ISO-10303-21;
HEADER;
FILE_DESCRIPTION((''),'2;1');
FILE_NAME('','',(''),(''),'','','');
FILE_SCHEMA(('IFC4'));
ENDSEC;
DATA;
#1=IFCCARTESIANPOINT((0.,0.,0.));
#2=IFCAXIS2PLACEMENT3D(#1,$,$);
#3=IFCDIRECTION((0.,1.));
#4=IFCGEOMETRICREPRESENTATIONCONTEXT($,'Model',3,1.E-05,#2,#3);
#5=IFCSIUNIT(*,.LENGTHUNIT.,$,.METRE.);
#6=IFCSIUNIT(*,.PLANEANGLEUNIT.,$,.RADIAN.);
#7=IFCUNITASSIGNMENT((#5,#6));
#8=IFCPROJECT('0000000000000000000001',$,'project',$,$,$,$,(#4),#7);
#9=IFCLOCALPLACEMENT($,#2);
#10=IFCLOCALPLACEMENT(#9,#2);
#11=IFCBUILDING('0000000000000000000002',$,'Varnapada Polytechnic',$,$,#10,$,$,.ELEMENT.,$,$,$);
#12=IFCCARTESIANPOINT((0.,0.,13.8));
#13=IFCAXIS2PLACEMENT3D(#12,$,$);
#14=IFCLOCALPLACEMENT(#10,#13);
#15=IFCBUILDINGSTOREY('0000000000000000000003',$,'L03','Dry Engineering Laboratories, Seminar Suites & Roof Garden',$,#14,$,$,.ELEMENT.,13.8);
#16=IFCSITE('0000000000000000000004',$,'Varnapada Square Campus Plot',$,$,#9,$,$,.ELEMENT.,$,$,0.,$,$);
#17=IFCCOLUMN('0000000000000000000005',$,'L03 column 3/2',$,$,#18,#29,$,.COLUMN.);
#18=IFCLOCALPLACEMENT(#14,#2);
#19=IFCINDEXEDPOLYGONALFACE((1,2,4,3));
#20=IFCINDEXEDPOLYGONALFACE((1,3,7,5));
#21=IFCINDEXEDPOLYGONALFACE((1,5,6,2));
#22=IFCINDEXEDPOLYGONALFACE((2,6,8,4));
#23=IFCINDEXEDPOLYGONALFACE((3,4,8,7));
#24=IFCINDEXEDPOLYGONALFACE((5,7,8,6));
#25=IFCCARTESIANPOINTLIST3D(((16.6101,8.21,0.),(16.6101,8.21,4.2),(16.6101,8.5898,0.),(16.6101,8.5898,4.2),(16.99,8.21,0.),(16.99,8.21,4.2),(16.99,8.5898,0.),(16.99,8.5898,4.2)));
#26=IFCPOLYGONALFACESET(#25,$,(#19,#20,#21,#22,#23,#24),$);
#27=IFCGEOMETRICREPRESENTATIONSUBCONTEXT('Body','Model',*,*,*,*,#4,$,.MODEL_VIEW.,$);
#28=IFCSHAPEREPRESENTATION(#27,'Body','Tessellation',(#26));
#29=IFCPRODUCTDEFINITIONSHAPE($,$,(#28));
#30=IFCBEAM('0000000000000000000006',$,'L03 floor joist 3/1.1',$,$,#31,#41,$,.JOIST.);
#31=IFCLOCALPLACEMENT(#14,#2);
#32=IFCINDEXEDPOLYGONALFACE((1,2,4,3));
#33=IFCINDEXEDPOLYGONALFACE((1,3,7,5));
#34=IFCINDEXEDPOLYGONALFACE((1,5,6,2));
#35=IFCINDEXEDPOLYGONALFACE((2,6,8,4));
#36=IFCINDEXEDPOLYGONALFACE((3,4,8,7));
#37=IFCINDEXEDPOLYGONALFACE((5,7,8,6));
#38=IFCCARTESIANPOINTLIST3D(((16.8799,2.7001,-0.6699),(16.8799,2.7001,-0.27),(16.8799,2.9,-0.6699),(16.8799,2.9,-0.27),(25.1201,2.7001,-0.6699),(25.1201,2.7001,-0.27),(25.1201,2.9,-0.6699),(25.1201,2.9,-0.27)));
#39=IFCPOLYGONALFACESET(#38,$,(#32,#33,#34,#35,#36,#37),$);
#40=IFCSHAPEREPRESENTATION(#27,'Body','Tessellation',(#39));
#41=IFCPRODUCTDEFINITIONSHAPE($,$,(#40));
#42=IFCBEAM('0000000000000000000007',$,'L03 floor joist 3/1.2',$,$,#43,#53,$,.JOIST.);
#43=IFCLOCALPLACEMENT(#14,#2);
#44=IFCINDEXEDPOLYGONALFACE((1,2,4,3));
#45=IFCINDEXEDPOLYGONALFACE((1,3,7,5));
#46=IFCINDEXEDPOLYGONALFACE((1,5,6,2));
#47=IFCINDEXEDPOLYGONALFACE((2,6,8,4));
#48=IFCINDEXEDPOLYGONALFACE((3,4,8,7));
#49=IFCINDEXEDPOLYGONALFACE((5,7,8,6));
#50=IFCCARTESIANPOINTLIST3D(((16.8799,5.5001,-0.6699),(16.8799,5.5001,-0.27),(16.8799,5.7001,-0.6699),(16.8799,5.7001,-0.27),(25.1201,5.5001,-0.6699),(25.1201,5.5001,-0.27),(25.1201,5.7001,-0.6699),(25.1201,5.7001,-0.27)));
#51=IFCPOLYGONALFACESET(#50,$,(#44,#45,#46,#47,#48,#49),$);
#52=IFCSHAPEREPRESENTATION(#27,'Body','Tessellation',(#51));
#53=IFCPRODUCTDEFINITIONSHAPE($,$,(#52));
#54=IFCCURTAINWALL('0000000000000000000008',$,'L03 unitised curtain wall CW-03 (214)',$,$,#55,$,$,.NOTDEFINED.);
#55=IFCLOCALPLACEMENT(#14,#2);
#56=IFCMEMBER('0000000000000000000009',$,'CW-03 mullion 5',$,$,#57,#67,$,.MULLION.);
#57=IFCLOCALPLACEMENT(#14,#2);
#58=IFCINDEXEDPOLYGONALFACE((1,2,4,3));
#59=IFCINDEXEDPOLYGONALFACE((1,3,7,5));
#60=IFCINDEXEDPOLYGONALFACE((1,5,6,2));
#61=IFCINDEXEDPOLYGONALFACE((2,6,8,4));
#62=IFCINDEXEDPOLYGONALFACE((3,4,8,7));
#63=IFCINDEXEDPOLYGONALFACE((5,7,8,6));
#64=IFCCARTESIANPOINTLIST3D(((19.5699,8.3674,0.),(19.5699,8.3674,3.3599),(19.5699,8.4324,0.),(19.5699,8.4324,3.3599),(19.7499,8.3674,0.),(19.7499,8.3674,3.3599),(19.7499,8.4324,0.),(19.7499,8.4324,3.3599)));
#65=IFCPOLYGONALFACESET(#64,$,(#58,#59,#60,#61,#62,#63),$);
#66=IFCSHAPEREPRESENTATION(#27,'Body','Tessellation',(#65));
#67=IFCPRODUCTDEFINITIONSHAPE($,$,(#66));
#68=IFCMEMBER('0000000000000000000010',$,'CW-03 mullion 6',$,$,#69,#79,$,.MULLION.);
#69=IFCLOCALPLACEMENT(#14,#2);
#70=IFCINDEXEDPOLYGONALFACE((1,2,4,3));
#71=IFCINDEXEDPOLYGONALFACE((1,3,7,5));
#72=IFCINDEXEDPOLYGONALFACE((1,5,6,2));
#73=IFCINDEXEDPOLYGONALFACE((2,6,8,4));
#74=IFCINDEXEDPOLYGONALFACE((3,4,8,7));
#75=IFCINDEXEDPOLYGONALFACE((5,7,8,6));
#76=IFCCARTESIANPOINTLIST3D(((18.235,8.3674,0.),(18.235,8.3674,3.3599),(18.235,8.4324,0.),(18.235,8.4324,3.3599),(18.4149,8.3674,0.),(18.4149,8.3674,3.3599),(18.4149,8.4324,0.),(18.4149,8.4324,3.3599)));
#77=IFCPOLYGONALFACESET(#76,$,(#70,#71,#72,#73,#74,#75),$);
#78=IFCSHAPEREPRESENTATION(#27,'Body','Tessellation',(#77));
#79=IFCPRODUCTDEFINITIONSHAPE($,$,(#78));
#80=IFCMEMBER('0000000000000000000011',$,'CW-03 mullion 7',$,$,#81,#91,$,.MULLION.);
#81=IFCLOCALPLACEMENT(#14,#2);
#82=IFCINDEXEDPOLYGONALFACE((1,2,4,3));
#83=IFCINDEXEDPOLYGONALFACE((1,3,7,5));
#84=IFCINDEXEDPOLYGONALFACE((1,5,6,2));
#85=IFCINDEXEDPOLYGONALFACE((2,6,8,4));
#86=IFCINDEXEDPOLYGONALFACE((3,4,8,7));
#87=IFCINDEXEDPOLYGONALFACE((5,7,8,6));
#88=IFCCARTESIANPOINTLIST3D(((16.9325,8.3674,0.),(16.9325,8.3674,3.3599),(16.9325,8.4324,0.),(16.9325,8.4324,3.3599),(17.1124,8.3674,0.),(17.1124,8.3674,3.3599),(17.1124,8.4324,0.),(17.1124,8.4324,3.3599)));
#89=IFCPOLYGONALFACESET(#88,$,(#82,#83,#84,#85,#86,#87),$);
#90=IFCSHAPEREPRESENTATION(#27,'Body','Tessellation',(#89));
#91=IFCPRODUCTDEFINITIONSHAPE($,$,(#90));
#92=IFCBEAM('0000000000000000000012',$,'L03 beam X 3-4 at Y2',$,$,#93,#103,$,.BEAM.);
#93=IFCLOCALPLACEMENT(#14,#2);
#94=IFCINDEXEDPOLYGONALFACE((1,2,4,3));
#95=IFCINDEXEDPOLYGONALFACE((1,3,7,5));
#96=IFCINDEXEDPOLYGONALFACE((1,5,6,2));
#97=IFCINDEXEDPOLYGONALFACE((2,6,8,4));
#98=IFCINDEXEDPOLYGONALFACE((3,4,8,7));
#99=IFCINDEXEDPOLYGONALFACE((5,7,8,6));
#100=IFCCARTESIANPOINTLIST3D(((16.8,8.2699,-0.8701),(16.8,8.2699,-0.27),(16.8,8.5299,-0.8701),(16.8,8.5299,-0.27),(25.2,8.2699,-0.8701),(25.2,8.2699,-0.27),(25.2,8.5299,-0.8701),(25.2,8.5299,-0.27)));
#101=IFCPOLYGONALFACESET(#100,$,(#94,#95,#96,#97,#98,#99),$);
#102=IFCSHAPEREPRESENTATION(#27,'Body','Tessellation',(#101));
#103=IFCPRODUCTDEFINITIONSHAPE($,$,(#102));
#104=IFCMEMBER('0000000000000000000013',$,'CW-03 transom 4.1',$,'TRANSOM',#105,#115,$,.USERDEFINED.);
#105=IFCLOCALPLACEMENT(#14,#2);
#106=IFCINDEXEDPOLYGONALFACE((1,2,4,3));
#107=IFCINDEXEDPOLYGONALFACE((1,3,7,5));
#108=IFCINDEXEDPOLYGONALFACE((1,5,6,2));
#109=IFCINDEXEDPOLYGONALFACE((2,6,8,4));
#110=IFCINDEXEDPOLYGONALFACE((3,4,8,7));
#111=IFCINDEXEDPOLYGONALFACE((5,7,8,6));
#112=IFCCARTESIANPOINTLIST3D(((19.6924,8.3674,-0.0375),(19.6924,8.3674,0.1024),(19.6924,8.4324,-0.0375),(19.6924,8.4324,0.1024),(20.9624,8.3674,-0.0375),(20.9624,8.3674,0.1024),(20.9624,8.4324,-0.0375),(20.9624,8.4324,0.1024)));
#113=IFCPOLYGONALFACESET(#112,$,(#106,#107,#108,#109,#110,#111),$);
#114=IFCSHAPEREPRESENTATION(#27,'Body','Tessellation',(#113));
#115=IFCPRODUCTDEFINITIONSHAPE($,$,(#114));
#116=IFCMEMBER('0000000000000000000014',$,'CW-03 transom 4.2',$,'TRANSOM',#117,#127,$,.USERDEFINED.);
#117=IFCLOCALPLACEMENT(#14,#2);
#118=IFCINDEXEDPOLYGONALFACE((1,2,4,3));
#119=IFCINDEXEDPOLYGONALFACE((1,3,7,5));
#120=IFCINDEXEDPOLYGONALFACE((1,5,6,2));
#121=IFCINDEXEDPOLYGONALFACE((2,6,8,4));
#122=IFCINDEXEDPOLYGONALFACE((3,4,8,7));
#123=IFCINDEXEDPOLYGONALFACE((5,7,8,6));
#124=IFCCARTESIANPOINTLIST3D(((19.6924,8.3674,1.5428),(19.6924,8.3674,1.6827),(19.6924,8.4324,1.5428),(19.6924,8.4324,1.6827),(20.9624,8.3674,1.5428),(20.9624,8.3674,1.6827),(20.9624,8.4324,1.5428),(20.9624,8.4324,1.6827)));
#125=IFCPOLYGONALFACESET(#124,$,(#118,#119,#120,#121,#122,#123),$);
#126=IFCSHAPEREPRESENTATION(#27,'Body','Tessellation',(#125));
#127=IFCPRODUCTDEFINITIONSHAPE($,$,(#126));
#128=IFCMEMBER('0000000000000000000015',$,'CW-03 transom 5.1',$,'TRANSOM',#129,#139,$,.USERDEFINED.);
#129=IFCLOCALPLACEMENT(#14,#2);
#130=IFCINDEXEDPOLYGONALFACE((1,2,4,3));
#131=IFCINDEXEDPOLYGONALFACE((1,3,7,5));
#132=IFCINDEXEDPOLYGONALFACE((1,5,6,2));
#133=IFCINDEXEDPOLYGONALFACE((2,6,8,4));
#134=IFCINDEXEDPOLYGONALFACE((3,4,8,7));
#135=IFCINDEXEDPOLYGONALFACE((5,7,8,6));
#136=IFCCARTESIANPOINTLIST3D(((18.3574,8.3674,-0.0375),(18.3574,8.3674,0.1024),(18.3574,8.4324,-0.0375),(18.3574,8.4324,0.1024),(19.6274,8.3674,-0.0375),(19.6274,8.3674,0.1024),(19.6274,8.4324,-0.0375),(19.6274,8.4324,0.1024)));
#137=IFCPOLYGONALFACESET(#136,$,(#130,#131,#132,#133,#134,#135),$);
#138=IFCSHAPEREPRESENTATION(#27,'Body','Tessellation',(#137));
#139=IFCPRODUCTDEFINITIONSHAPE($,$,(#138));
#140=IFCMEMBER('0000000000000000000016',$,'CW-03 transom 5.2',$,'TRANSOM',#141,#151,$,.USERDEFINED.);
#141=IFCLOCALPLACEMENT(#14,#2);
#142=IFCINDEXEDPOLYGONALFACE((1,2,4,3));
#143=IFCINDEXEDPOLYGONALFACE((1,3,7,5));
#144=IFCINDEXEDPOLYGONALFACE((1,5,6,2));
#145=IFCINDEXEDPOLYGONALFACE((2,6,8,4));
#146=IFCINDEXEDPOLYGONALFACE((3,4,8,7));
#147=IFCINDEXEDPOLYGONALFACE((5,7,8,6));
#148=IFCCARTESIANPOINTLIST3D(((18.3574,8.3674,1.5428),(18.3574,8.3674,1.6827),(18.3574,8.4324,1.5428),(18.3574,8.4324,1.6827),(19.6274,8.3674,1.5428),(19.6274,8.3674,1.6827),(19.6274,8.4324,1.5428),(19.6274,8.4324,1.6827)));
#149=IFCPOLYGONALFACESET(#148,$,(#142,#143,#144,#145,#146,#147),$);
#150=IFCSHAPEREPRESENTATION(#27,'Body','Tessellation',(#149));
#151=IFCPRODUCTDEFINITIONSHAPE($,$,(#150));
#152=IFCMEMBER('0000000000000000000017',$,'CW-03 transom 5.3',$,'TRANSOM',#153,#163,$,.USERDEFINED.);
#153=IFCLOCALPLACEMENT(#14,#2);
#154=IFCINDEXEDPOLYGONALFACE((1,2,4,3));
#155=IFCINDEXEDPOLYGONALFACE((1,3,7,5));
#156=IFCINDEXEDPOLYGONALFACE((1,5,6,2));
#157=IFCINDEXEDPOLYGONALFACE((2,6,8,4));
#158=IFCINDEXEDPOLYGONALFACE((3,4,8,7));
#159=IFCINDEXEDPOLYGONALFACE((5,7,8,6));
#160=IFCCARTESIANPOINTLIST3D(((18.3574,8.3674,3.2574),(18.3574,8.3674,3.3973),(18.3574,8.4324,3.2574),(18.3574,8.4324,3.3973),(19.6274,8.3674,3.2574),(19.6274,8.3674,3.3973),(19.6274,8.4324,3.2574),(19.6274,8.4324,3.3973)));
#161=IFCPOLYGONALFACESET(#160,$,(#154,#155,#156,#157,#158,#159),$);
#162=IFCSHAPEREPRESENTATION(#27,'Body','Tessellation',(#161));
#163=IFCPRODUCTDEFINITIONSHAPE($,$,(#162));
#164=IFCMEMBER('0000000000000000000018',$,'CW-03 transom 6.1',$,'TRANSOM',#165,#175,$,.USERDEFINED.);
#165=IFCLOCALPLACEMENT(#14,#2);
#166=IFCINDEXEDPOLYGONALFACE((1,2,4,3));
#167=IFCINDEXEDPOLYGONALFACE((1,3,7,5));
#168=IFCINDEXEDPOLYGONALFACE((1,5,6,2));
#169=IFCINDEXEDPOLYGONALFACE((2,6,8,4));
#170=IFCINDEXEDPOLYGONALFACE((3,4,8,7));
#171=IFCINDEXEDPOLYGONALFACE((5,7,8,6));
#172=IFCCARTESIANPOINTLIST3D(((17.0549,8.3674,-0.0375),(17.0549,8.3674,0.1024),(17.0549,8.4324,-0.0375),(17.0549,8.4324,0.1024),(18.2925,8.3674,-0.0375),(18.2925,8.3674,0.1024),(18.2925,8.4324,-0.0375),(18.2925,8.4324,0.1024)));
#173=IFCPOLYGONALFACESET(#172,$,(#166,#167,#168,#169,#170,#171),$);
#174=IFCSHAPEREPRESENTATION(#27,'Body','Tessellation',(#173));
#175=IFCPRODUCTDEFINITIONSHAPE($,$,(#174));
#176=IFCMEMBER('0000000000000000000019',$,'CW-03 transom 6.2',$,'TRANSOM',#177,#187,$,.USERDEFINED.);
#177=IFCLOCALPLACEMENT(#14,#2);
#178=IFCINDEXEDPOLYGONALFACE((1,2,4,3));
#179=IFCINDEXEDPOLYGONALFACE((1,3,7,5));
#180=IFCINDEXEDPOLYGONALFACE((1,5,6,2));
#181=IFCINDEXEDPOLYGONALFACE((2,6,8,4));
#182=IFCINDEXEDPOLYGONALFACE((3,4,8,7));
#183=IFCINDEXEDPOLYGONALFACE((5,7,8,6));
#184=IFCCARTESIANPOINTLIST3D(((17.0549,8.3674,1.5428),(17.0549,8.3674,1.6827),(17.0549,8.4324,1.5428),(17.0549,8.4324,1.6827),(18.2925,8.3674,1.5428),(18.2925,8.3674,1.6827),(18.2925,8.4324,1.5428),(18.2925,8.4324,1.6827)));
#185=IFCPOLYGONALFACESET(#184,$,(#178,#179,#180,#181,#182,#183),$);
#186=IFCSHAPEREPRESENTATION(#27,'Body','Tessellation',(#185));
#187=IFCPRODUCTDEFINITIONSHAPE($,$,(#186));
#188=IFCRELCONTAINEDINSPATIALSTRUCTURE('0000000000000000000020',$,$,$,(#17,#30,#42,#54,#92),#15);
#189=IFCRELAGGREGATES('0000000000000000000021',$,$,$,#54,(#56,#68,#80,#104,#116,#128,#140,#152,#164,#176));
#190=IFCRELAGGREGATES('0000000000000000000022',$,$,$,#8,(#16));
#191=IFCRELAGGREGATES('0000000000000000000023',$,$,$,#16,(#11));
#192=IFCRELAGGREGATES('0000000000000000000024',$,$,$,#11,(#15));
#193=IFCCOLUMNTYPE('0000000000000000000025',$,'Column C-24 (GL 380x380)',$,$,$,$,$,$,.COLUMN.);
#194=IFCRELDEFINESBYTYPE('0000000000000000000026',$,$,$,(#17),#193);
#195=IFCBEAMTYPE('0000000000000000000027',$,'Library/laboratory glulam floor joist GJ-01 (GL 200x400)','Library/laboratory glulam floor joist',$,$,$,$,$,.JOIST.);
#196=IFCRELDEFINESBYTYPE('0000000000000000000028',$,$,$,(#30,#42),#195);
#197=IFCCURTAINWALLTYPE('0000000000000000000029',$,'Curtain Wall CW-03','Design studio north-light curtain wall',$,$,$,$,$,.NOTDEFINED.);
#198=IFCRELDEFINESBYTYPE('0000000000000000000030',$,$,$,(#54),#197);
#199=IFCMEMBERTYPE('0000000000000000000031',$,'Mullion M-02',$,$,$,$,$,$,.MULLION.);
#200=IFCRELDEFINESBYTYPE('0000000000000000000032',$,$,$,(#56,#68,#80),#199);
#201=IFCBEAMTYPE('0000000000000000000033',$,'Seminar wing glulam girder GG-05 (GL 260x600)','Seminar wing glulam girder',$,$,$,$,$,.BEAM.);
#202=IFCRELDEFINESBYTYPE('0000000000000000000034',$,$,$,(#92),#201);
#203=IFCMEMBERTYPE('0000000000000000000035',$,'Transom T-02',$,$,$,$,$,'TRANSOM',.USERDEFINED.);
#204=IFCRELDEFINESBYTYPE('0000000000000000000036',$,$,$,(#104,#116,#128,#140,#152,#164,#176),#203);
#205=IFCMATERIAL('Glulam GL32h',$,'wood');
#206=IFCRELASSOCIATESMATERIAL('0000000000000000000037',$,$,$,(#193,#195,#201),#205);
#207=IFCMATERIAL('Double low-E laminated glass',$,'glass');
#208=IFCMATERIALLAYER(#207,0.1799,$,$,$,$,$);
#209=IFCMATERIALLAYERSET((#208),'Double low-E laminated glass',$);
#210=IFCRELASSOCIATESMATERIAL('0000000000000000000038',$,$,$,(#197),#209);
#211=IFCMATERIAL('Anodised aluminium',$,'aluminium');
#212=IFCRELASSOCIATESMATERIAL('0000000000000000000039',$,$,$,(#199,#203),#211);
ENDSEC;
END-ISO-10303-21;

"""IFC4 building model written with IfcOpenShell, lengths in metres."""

from ifc_helpers import new_model, si_unit, direction, frame, origin, origin_2d, place, context, subcontext, project, spatial, rectangle, extrude, material, layer, layer_set, material_profile, profile_set, type_object, element, aggregate, save


model = new_model("IFC4")

# Units and contexts
model_context = context("Model", 3, precision=1e-05, world=origin(), true_north=direction((0.0, 1.0)))
body_context = subcontext(model_context, "Body", "Model", "MODEL_VIEW")
ifc_project = project(units=[si_unit("LENGTHUNIT", "METRE"), si_unit("PLANEANGLEUNIT", "RADIAN")], contexts=[model_context])

# Site, building, storey
site_placement = place(None, origin())
site = spatial("IfcSite", under=ifc_project, at=site_placement, Name="Varnapada Square Campus Plot", CompositionType="ELEMENT", RefElevation=0.0)
building_placement = place(site_placement, origin())
building = spatial("IfcBuilding", under=site, at=building_placement, Name="Varnapada Polytechnic", CompositionType="ELEMENT")
storey_placement = place(building_placement, frame((0.0, 0.0, 13.8)))
storey = spatial("IfcBuildingStorey", under=building, at=storey_placement, Name="L03", Description="Dry Engineering Laboratories, Seminar Suites & Roof Garden", CompositionType="ELEMENT", Elevation=13.8)

# Column
ifc_material_1 = material(Name="Glulam GL32h", Category="wood")
ifc_material_profile_1 = material_profile(ifc_material_1, rectangle(XDim=0.3799, YDim=0.3799, at=origin_2d()), Name="GL 380x380")
ifc_profile_set_1 = profile_set([ifc_material_profile_1], Name="Glulam GL32h")
column_type = type_object("IfcColumnType", Name="Column C-24 (GL 380x380)", PredefinedType="COLUMN", material=ifc_profile_set_1)
column_placement = place(storey_placement, frame((16.8, 8.3999, 0.0), z_axis=(0.0, 0.0, 1.0), x_axis=(1.0, 0.0, 0.0)))
element("IfcColumn", 1, at=column_placement, inside=storey, type_object=column_type, Name="L03 column 3/2", PredefinedType="COLUMN", context=body_context, shape_type="SweptSolid", body=[
    extrude(rectangle(XDim=0.3799, YDim=0.3799, at=origin_2d()), origin(), (0.0, 0.0, 1.0), 4.2),
])

# Beams
ifc_material_profile_2 = material_profile(ifc_material_1, rectangle(XDim=0.2, YDim=0.3999, at=origin_2d()), Name="GL 200x400")
ifc_profile_set_2 = profile_set([ifc_material_profile_2], Name="Glulam GL32h")
beam_type_1 = type_object("IfcBeamType", Name="Library/laboratory glulam floor joist GJ-01 (GL 200x400)", Description="Library/laboratory glulam floor joist", PredefinedType="JOIST", material=ifc_profile_set_2)
for number, where, z_axis, x_axis, name in (
    (2, (16.8799, 2.8, -0.47), (1.0, 0.0, 0.0), (0.0, 1.0, 0.0), "L03 floor joist 3/1.1"),
    (3, (16.8799, 5.6001, -0.47), (1.0, 0.0, 0.0), (0.0, 1.0, 0.0), "L03 floor joist 3/1.2"),
):
    element("IfcBeam", number, at=place(storey_placement, frame(where, z_axis=z_axis, x_axis=x_axis)), inside=storey, type_object=beam_type_1, Name=name, PredefinedType="JOIST", context=body_context, shape_type="SweptSolid", body=[
        extrude(rectangle(XDim=0.2, YDim=0.3999, at=origin_2d()), origin(), (0.0, 0.0, 1.0), 8.2402),
    ])

# Curtain wall, members
ifc_material_2 = material(Name="Double low-E laminated glass", Category="glass")
ifc_layer_1 = layer(ifc_material_2, 0.1799)
ifc_layer_set_1 = layer_set([ifc_layer_1], Name="Double low-E laminated glass")
curtain_wall_type = type_object("IfcCurtainWallType", Name="Curtain Wall CW-03", Description="Design studio north-light curtain wall", PredefinedType="NOTDEFINED", material=ifc_layer_set_1)
curtain_wall_placement = place(storey_placement, origin())
curtain_wall = element("IfcCurtainWall", 4, at=curtain_wall_placement, inside=storey, type_object=curtain_wall_type, Name="L03 unitised curtain wall CW-03 (214)", PredefinedType="NOTDEFINED")
ifc_material_3 = material(Name="Anodised aluminium", Category="aluminium")
ifc_material_profile_3 = material_profile(ifc_material_3, rectangle(XDim=0.0649, YDim=0.1799, at=origin_2d()), Name="ALU M65x180")
ifc_profile_set_3 = profile_set([ifc_material_profile_3], Name="Anodised aluminium")
member_type_1 = type_object("IfcMemberType", Name="Mullion M-02", PredefinedType="MULLION", material=ifc_profile_set_3)
member_1_placement = place(storey_placement, frame((19.6599, 8.3999, 0.0), z_axis=(0.0, 0.0, 1.0), x_axis=(0.0, -1.0, 0.0)))
member_1 = element("IfcMember", 5, at=member_1_placement, type_object=member_type_1, Name="CW-03 mullion 5", PredefinedType="MULLION", context=body_context, shape_type="SweptSolid", body=[
    extrude(rectangle(XDim=0.0649, YDim=0.1799, at=origin_2d()), origin(), (0.0, 0.0, 1.0), 3.3599),
])
member_2_placement = place(storey_placement, frame((18.325, 8.3999, 0.0), z_axis=(0.0, 0.0, 1.0), x_axis=(0.0, -1.0, 0.0)))
member_2 = element("IfcMember", 6, at=member_2_placement, type_object=member_type_1, Name="CW-03 mullion 6", PredefinedType="MULLION", context=body_context, shape_type="SweptSolid", body=[
    extrude(rectangle(XDim=0.0649, YDim=0.1799, at=origin_2d()), origin(), (0.0, 0.0, 1.0), 3.3599),
])
member_3_placement = place(storey_placement, frame((17.0225, 8.3999, 0.0), z_axis=(0.0, 0.0, 1.0), x_axis=(0.0, -1.0, 0.0)))
member_3 = element("IfcMember", 7, at=member_3_placement, type_object=member_type_1, Name="CW-03 mullion 7", PredefinedType="MULLION", context=body_context, shape_type="SweptSolid", body=[
    extrude(rectangle(XDim=0.0649, YDim=0.1799, at=origin_2d()), origin(), (0.0, 0.0, 1.0), 3.3599),
])

# Beam
ifc_material_profile_4 = material_profile(ifc_material_1, rectangle(XDim=0.26, YDim=0.6001, at=origin_2d()), Name="GL 260x600")
ifc_profile_set_4 = profile_set([ifc_material_profile_4], Name="Glulam GL32h")
beam_type_2 = type_object("IfcBeamType", Name="Seminar wing glulam girder GG-05 (GL 260x600)", Description="Seminar wing glulam girder", PredefinedType="BEAM", material=ifc_profile_set_4)
beam_1_placement = place(storey_placement, frame((16.8, 8.3999, -0.5701), z_axis=(1.0, 0.0, 0.0), x_axis=(0.0, 1.0, 0.0)))
element("IfcBeam", 8, at=beam_1_placement, inside=storey, type_object=beam_type_2, Name="L03 beam X 3-4 at Y2", PredefinedType="BEAM", context=body_context, shape_type="SweptSolid", body=[
    extrude(rectangle(XDim=0.26, YDim=0.6001, at=origin_2d()), origin(), (0.0, 0.0, 1.0), 8.3999),
])

# Members
ifc_material_profile_5 = material_profile(ifc_material_3, rectangle(XDim=0.0649, YDim=0.1399, at=origin_2d()), Name="ALU T65x140")
ifc_profile_set_5 = profile_set([ifc_material_profile_5], Name="Anodised aluminium")
member_type_2 = type_object("IfcMemberType", Name="Transom T-02", ElementType="TRANSOM", PredefinedType="USERDEFINED", material=ifc_profile_set_5)
member_4_placement = place(storey_placement, frame((20.9624, 8.3999, 0.0325), z_axis=(-1.0, 0.0, 0.0), x_axis=(0.0, -1.0, 0.0)))
member_4 = element("IfcMember", 9, at=member_4_placement, type_object=member_type_2, Name="CW-03 transom 4.1", ObjectType="TRANSOM", PredefinedType="USERDEFINED", context=body_context, shape_type="SweptSolid", body=[
    extrude(rectangle(XDim=0.0649, YDim=0.1399, at=origin_2d()), origin(), (0.0, 0.0, 1.0), 1.27),
])
member_5_placement = place(storey_placement, frame((20.9624, 8.3999, 1.6128), z_axis=(-1.0, 0.0, 0.0), x_axis=(0.0, -1.0, 0.0)))
member_5 = element("IfcMember", 10, at=member_5_placement, type_object=member_type_2, Name="CW-03 transom 4.2", ObjectType="TRANSOM", PredefinedType="USERDEFINED", context=body_context, shape_type="SweptSolid", body=[
    extrude(rectangle(XDim=0.0649, YDim=0.1399, at=origin_2d()), origin(), (0.0, 0.0, 1.0), 1.27),
])
member_6_placement = place(storey_placement, frame((19.6274, 8.3999, 0.0325), z_axis=(-1.0, 0.0, 0.0), x_axis=(0.0, -1.0, 0.0)))
member_6 = element("IfcMember", 11, at=member_6_placement, type_object=member_type_2, Name="CW-03 transom 5.1", ObjectType="TRANSOM", PredefinedType="USERDEFINED", context=body_context, shape_type="SweptSolid", body=[
    extrude(rectangle(XDim=0.0649, YDim=0.1399, at=origin_2d()), origin(), (0.0, 0.0, 1.0), 1.27),
])
member_7_placement = place(storey_placement, frame((19.6274, 8.3999, 1.6128), z_axis=(-1.0, 0.0, 0.0), x_axis=(0.0, -1.0, 0.0)))
member_7 = element("IfcMember", 12, at=member_7_placement, type_object=member_type_2, Name="CW-03 transom 5.2", ObjectType="TRANSOM", PredefinedType="USERDEFINED", context=body_context, shape_type="SweptSolid", body=[
    extrude(rectangle(XDim=0.0649, YDim=0.1399, at=origin_2d()), origin(), (0.0, 0.0, 1.0), 1.27),
])
member_8_placement = place(storey_placement, frame((19.6274, 8.3999, 3.3274), z_axis=(-1.0, 0.0, 0.0), x_axis=(0.0, -1.0, 0.0)))
member_8 = element("IfcMember", 13, at=member_8_placement, type_object=member_type_2, Name="CW-03 transom 5.3", ObjectType="TRANSOM", PredefinedType="USERDEFINED", context=body_context, shape_type="SweptSolid", body=[
    extrude(rectangle(XDim=0.0649, YDim=0.1399, at=origin_2d()), origin(), (0.0, 0.0, 1.0), 1.27),
])
member_9_placement = place(storey_placement, frame((18.2925, 8.3999, 0.0325), z_axis=(-1.0, 0.0, 0.0), x_axis=(0.0, -1.0, 0.0)))
member_9 = element("IfcMember", 14, at=member_9_placement, type_object=member_type_2, Name="CW-03 transom 6.1", ObjectType="TRANSOM", PredefinedType="USERDEFINED", context=body_context, shape_type="SweptSolid", body=[
    extrude(rectangle(XDim=0.0649, YDim=0.1399, at=origin_2d()), origin(), (0.0, 0.0, 1.0), 1.2375),
])
member_10_placement = place(storey_placement, frame((18.2925, 8.3999, 1.6128), z_axis=(-1.0, 0.0, 0.0), x_axis=(0.0, -1.0, 0.0)))
member_10 = element("IfcMember", 15, at=member_10_placement, type_object=member_type_2, Name="CW-03 transom 6.2", ObjectType="TRANSOM", PredefinedType="USERDEFINED", context=body_context, shape_type="SweptSolid", body=[
    extrude(rectangle(XDim=0.0649, YDim=0.1399, at=origin_2d()), origin(), (0.0, 0.0, 1.0), 1.2375),
])

aggregate(curtain_wall, [member_1, member_2, member_3, member_4, member_5, member_6, member_7, member_8, member_9, member_10])

save(model, "model.ifc")
